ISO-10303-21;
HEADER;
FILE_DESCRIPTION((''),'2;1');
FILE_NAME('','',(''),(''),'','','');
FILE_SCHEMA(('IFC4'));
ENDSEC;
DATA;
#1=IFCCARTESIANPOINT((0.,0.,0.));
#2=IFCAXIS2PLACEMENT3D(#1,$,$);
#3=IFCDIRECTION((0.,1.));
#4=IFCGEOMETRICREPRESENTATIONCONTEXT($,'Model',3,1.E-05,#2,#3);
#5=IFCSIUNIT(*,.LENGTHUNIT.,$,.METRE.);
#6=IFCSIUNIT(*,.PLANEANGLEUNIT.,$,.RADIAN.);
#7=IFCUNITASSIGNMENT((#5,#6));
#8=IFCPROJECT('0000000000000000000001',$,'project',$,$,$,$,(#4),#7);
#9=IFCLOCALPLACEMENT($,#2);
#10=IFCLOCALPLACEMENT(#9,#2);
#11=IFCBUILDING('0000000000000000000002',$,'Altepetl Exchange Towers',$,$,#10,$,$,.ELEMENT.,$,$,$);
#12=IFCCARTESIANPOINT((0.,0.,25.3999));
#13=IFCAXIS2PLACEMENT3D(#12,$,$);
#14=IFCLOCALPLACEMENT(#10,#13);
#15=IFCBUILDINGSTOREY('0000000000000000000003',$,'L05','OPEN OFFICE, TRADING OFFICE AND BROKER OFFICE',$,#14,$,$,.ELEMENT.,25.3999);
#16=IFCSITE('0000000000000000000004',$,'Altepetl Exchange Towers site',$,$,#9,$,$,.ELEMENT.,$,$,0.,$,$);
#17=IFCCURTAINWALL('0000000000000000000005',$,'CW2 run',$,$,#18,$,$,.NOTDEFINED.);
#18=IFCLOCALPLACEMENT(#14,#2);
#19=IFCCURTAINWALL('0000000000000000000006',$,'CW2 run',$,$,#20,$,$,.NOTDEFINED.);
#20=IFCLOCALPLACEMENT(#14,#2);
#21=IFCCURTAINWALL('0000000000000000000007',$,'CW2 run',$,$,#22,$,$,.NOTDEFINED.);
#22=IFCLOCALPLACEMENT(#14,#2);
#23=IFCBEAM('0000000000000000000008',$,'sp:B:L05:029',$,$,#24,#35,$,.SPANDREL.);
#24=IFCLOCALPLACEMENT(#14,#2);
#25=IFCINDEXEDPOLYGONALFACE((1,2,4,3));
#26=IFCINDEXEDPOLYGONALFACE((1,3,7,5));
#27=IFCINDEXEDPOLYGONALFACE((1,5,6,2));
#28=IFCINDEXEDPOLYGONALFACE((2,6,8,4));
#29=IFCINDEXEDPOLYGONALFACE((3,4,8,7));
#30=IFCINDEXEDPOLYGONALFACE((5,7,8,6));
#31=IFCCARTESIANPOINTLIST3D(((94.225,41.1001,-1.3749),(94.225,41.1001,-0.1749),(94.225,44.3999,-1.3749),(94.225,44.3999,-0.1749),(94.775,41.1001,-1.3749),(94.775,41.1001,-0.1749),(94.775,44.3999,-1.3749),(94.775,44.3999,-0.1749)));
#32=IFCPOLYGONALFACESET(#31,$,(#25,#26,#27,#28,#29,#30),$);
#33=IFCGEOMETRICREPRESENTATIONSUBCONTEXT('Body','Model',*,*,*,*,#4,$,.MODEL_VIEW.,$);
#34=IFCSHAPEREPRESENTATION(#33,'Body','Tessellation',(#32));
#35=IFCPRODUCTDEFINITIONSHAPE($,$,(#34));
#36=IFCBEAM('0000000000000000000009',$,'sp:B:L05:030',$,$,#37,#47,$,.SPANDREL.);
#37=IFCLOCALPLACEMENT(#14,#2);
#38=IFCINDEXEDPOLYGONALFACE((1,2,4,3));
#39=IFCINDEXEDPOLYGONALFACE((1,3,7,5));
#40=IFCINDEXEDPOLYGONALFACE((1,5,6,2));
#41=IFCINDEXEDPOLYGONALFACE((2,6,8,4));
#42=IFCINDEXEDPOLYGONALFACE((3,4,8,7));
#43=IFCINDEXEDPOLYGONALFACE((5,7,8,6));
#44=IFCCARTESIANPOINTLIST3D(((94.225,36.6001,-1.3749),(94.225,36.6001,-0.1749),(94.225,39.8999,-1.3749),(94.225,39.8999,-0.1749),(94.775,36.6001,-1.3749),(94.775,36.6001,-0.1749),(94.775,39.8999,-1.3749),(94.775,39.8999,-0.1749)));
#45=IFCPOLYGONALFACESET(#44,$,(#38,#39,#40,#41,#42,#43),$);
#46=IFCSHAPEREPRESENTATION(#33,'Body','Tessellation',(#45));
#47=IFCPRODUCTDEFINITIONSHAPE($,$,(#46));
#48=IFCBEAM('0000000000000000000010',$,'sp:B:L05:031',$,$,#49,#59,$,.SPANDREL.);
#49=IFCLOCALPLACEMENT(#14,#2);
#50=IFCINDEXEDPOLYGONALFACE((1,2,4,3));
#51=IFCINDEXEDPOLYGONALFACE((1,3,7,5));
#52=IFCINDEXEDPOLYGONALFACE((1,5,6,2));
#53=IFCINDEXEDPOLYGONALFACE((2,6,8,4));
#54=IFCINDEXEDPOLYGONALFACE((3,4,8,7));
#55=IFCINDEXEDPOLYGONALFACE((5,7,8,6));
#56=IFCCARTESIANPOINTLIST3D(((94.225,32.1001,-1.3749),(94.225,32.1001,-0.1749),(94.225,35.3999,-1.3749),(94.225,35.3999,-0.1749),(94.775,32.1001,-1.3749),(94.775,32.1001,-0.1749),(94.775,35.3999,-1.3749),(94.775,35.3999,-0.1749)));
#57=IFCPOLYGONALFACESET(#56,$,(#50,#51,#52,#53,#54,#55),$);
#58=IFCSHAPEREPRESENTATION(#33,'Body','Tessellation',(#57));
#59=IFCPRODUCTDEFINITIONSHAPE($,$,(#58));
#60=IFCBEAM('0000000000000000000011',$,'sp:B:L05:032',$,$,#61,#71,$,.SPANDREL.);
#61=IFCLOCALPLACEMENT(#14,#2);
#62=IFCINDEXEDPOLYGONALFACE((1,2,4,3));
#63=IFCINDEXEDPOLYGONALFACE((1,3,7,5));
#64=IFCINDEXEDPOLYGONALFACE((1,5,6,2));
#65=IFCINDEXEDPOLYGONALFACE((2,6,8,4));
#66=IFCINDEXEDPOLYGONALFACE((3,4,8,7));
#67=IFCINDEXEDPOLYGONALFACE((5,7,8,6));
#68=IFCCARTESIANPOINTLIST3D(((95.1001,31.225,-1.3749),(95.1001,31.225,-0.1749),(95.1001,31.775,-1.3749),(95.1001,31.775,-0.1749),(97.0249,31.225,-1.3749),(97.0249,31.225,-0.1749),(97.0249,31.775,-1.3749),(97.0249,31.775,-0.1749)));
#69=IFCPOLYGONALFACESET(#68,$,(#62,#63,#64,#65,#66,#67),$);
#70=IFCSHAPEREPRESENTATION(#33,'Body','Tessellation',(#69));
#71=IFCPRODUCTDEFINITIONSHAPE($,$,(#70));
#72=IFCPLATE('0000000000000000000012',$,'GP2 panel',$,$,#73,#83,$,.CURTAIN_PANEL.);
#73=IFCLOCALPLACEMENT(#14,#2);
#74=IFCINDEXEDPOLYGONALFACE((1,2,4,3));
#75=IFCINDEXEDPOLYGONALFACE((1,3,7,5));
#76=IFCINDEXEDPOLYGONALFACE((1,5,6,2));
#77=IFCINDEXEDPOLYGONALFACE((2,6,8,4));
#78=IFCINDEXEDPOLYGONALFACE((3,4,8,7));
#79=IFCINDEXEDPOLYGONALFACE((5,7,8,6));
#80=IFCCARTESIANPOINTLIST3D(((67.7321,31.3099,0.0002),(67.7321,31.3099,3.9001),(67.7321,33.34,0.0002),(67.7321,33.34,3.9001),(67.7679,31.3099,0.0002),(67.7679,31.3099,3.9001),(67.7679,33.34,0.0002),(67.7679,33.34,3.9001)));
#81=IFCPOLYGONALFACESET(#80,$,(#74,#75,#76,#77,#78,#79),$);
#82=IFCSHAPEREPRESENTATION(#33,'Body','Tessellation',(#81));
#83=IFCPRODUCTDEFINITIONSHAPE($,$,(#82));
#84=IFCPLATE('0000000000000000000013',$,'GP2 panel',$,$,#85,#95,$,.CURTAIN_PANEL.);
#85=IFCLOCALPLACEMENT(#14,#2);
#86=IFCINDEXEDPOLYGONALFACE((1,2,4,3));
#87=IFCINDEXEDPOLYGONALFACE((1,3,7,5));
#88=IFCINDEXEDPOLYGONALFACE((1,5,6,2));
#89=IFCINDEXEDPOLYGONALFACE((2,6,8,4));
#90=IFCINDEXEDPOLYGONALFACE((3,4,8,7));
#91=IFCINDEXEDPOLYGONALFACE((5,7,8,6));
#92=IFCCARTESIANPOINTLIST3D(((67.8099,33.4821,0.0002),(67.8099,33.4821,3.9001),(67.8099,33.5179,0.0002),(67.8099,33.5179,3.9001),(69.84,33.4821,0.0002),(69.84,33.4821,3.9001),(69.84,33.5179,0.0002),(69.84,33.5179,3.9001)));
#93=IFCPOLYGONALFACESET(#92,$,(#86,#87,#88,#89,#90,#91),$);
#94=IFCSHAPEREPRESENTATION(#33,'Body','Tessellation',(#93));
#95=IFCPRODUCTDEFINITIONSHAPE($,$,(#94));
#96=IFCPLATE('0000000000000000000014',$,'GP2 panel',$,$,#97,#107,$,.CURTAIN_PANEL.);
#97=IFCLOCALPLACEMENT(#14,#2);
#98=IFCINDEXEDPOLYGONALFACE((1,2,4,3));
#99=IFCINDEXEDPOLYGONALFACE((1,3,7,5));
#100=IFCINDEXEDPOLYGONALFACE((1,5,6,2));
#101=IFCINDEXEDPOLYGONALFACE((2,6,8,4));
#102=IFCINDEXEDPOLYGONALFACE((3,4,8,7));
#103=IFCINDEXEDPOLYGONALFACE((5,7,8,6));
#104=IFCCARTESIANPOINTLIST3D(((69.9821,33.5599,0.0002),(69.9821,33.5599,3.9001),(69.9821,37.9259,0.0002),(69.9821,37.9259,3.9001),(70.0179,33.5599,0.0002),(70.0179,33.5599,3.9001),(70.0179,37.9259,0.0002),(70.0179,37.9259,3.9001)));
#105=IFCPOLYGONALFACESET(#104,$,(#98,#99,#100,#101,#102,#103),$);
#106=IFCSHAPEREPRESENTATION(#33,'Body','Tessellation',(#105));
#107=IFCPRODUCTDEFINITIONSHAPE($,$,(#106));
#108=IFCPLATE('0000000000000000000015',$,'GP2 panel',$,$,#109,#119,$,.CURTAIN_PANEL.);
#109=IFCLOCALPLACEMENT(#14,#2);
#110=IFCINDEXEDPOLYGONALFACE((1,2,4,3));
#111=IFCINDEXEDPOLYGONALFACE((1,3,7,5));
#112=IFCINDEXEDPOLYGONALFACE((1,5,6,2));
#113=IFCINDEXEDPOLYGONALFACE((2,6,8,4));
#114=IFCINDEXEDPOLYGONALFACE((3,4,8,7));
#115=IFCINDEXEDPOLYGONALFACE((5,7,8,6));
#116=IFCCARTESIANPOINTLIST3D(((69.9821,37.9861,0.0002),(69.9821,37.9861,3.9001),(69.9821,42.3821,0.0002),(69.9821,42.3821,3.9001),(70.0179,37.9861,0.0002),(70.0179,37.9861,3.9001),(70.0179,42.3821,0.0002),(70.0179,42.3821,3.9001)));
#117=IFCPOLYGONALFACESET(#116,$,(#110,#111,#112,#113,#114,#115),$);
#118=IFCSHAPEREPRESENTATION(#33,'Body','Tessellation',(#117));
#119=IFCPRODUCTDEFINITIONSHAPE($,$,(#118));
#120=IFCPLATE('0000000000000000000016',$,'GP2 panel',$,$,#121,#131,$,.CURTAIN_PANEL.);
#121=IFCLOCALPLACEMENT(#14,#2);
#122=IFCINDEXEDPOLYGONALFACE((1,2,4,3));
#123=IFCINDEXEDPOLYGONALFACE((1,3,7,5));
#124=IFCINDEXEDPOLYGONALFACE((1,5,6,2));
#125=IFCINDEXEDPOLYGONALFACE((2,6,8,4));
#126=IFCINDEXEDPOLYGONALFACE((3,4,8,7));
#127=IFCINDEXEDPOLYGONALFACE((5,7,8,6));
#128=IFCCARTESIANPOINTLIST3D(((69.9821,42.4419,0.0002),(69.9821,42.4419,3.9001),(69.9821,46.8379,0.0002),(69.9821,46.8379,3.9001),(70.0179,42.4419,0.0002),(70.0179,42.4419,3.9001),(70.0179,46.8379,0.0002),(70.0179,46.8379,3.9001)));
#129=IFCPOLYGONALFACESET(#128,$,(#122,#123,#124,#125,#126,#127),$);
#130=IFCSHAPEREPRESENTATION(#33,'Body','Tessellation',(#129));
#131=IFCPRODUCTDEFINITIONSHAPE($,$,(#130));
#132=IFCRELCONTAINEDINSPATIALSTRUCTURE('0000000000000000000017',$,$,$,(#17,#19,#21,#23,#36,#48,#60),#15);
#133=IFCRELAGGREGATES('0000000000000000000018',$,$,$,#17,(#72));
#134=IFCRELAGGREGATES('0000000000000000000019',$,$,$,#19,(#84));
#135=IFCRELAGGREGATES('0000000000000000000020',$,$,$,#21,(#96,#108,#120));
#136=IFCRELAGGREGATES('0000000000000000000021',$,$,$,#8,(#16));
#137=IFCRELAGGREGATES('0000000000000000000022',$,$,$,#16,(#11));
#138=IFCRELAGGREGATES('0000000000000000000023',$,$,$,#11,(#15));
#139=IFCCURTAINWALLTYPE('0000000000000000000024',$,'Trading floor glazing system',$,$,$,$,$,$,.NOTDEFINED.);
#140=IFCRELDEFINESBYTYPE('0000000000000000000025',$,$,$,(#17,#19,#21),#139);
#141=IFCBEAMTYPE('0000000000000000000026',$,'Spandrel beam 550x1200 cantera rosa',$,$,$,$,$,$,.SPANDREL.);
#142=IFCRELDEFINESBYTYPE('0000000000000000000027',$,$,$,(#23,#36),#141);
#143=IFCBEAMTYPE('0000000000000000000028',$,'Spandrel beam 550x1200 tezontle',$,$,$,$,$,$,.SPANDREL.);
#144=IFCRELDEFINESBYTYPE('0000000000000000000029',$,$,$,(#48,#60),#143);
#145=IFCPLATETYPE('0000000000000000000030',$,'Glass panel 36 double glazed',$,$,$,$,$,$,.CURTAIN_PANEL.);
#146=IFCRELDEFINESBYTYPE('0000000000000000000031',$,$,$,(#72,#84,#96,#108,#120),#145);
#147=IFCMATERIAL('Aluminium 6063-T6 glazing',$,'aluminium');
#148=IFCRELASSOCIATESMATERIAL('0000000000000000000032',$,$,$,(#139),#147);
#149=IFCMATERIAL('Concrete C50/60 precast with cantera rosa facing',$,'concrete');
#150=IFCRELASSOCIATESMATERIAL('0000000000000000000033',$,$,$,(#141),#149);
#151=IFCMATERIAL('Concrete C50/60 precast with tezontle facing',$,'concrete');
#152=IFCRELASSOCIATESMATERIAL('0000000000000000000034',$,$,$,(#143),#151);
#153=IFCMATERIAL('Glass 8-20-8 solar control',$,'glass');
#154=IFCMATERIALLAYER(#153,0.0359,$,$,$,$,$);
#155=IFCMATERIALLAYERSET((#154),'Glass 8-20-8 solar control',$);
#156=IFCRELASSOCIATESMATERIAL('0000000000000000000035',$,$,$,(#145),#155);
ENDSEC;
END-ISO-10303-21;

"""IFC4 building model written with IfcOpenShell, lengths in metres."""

from ifc_helpers import new_model, si_unit, direction, frame, origin, origin_2d, place, context, subcontext, project, spatial, rectangle, extrude, material, layer, layer_set, material_profile, profile_set, type_object, element, aggregate, save


model = new_model("IFC4")

# Units and contexts
model_context = context("Model", 3, precision=1e-05, world=origin(), true_north=direction((0.0, 1.0)))
body_context = subcontext(model_context, "Body", "Model", "MODEL_VIEW")
ifc_project = project(units=[si_unit("LENGTHUNIT", "METRE"), si_unit("PLANEANGLEUNIT", "RADIAN")], contexts=[model_context])

# Site, building, storey
site_placement = place(None, origin())
site = spatial("IfcSite", under=ifc_project, at=site_placement, Name="Altepetl Exchange Towers site", CompositionType="ELEMENT", RefElevation=0.0)
building_placement = place(site_placement, origin())
building = spatial("IfcBuilding", under=site, at=building_placement, Name="Altepetl Exchange Towers", CompositionType="ELEMENT")
storey_placement = place(building_placement, frame((0.0, 0.0, 25.3999)))
storey = spatial("IfcBuildingStorey", under=building, at=storey_placement, Name="L05", Description="OPEN OFFICE, TRADING OFFICE AND BROKER OFFICE", CompositionType="ELEMENT", Elevation=25.3999)

# Shared definitions
ifc_material_1 = material(Name="Aluminium 6063-T6 glazing", Category="aluminium")
curtain_wall_type = type_object("IfcCurtainWallType", Name="Trading floor glazing system", PredefinedType="NOTDEFINED", material=ifc_material_1)

# Curtain walls
curtain_wall_1_placement = place(storey_placement, origin())
curtain_wall_1 = element("IfcCurtainWall", 1, at=curtain_wall_1_placement, inside=storey, type_object=curtain_wall_type, Name="CW2 run", PredefinedType="NOTDEFINED")
curtain_wall_2_placement = place(storey_placement, origin())
curtain_wall_2 = element("IfcCurtainWall", 2, at=curtain_wall_2_placement, inside=storey, type_object=curtain_wall_type, Name="CW2 run", PredefinedType="NOTDEFINED")
curtain_wall_3_placement = place(storey_placement, origin())
curtain_wall_3 = element("IfcCurtainWall", 3, at=curtain_wall_3_placement, inside=storey, type_object=curtain_wall_type, Name="CW2 run", PredefinedType="NOTDEFINED")

# Beams
ifc_material_2 = material(Name="Concrete C50/60 precast with cantera rosa facing", Category="concrete")
ifc_material_profile_1 = material_profile(ifc_material_2, rectangle(XDim=0.55, YDim=1.2, at=origin_2d()), Name="550 x 1200")
ifc_profile_set_1 = profile_set([ifc_material_profile_1], Name="Concrete C50/60 precast with cantera rosa facing")
beam_type_1 = type_object("IfcBeamType", Name="Spandrel beam 550x1200 cantera rosa", PredefinedType="SPANDREL", material=ifc_profile_set_1)
for number, where, z_axis, x_axis, name in (
    (4, (94.5, 44.3999, -0.7749), (0.0, -1.0, 0.0), (1.0, 0.0, 0.0), "sp:B:L05:029"),
    (5, (94.5, 39.8999, -0.7749), (0.0, -1.0, 0.0), (1.0, 0.0, 0.0), "sp:B:L05:030"),
):
    element("IfcBeam", number, at=place(storey_placement, frame(where, z_axis=z_axis, x_axis=x_axis)), inside=storey, type_object=beam_type_1, Name=name, PredefinedType="SPANDREL", context=body_context, shape_type="SweptSolid", body=[
        extrude(rectangle(XDim=0.55, YDim=1.2, at=origin_2d()), origin(), (0.0, 0.0, 1.0), 3.2998),
    ])
ifc_material_3 = material(Name="Concrete C50/60 precast with tezontle facing", Category="concrete")
ifc_material_profile_2 = material_profile(ifc_material_3, rectangle(XDim=0.55, YDim=1.2, at=origin_2d()), Name="550 x 1200")
ifc_profile_set_2 = profile_set([ifc_material_profile_2], Name="Concrete C50/60 precast with tezontle facing")
beam_type_2 = type_object("IfcBeamType", Name="Spandrel beam 550x1200 tezontle", PredefinedType="SPANDREL", material=ifc_profile_set_2)
beam_1_placement = place(storey_placement, frame((94.5, 35.3999, -0.7749), z_axis=(0.0, -1.0, 0.0), x_axis=(1.0, 0.0, 0.0)))
element("IfcBeam", 6, at=beam_1_placement, inside=storey, type_object=beam_type_2, Name="sp:B:L05:031", PredefinedType="SPANDREL", context=body_context, shape_type="SweptSolid", body=[
    extrude(rectangle(XDim=0.55, YDim=1.2, at=origin_2d()), origin(), (0.0, 0.0, 1.0), 3.2998),
])
beam_2_placement = place(storey_placement, frame((95.1001, 31.5, -0.7749), z_axis=(1.0, 0.0, 0.0), x_axis=(0.0, 1.0, 0.0)))
element("IfcBeam", 7, at=beam_2_placement, inside=storey, type_object=beam_type_2, Name="sp:B:L05:032", PredefinedType="SPANDREL", context=body_context, shape_type="SweptSolid", body=[
    extrude(rectangle(XDim=0.55, YDim=1.2, at=origin_2d()), origin(), (0.0, 0.0, 1.0), 1.9248),
])

# Plates
ifc_material_4 = material(Name="Glass 8-20-8 solar control", Category="glass")
ifc_layer = layer(ifc_material_4, 0.0359)
ifc_layer_set = layer_set([ifc_layer], Name="Glass 8-20-8 solar control")
plate_type = type_object("IfcPlateType", Name="Glass panel 36 double glazed", PredefinedType="CURTAIN_PANEL", material=ifc_layer_set)
plate_1_placement = place(storey_placement, frame((67.75, 32.325, 0.0002), z_axis=(0.0, 0.0, 1.0), x_axis=(0.0, 1.0, 0.0)))
plate_1 = element("IfcPlate", 8, at=plate_1_placement, type_object=plate_type, Name="GP2 panel", PredefinedType="CURTAIN_PANEL", context=body_context, shape_type="SweptSolid", body=[
    extrude(rectangle(XDim=2.03, YDim=0.0359, at=origin_2d()), origin(), (0.0, 0.0, 1.0), 3.8999),
])
aggregate(curtain_wall_1, [plate_1])
plate_2_placement = place(storey_placement, frame((68.825, 33.5, 0.0002)))
plate_2 = element("IfcPlate", 9, at=plate_2_placement, type_object=plate_type, Name="GP2 panel", PredefinedType="CURTAIN_PANEL", context=body_context, shape_type="SweptSolid", body=[
    extrude(rectangle(XDim=2.03, YDim=0.0359, at=origin_2d()), origin(), (0.0, 0.0, 1.0), 3.8999),
])
aggregate(curtain_wall_2, [plate_2])
plate_3_placement = place(storey_placement, frame((70.0, 35.7429, 0.0002), z_axis=(0.0, 0.0, 1.0), x_axis=(0.0, 1.0, 0.0)))
plate_3 = element("IfcPlate", 10, at=plate_3_placement, type_object=plate_type, Name="GP2 panel", PredefinedType="CURTAIN_PANEL", context=body_context, shape_type="SweptSolid", body=[
    extrude(rectangle(XDim=4.366, YDim=0.0359, at=origin_2d()), origin(), (0.0, 0.0, 1.0), 3.8999),
])
plate_4_placement = place(storey_placement, frame((70.0, 40.1841, 0.0002), z_axis=(0.0, 0.0, 1.0), x_axis=(0.0, 1.0, 0.0)))
plate_4 = element("IfcPlate", 11, at=plate_4_placement, type_object=plate_type, Name="GP2 panel", PredefinedType="CURTAIN_PANEL", context=body_context, shape_type="SweptSolid", body=[
    extrude(rectangle(XDim=4.396, YDim=0.0359, at=origin_2d()), origin(), (0.0, 0.0, 1.0), 3.8999),
])
plate_5_placement = place(storey_placement, frame((70.0, 44.6399, 0.0002), z_axis=(0.0, 0.0, 1.0), x_axis=(0.0, 1.0, 0.0)))
plate_5 = element("IfcPlate", 12, at=plate_5_placement, type_object=plate_type, Name="GP2 panel", PredefinedType="CURTAIN_PANEL", context=body_context, shape_type="SweptSolid", body=[
    extrude(rectangle(XDim=4.396, YDim=0.0359, at=origin_2d()), origin(), (0.0, 0.0, 1.0), 3.8999),
])
aggregate(curtain_wall_3, [plate_3, plate_4, plate_5])

save(model, "model.ifc")
